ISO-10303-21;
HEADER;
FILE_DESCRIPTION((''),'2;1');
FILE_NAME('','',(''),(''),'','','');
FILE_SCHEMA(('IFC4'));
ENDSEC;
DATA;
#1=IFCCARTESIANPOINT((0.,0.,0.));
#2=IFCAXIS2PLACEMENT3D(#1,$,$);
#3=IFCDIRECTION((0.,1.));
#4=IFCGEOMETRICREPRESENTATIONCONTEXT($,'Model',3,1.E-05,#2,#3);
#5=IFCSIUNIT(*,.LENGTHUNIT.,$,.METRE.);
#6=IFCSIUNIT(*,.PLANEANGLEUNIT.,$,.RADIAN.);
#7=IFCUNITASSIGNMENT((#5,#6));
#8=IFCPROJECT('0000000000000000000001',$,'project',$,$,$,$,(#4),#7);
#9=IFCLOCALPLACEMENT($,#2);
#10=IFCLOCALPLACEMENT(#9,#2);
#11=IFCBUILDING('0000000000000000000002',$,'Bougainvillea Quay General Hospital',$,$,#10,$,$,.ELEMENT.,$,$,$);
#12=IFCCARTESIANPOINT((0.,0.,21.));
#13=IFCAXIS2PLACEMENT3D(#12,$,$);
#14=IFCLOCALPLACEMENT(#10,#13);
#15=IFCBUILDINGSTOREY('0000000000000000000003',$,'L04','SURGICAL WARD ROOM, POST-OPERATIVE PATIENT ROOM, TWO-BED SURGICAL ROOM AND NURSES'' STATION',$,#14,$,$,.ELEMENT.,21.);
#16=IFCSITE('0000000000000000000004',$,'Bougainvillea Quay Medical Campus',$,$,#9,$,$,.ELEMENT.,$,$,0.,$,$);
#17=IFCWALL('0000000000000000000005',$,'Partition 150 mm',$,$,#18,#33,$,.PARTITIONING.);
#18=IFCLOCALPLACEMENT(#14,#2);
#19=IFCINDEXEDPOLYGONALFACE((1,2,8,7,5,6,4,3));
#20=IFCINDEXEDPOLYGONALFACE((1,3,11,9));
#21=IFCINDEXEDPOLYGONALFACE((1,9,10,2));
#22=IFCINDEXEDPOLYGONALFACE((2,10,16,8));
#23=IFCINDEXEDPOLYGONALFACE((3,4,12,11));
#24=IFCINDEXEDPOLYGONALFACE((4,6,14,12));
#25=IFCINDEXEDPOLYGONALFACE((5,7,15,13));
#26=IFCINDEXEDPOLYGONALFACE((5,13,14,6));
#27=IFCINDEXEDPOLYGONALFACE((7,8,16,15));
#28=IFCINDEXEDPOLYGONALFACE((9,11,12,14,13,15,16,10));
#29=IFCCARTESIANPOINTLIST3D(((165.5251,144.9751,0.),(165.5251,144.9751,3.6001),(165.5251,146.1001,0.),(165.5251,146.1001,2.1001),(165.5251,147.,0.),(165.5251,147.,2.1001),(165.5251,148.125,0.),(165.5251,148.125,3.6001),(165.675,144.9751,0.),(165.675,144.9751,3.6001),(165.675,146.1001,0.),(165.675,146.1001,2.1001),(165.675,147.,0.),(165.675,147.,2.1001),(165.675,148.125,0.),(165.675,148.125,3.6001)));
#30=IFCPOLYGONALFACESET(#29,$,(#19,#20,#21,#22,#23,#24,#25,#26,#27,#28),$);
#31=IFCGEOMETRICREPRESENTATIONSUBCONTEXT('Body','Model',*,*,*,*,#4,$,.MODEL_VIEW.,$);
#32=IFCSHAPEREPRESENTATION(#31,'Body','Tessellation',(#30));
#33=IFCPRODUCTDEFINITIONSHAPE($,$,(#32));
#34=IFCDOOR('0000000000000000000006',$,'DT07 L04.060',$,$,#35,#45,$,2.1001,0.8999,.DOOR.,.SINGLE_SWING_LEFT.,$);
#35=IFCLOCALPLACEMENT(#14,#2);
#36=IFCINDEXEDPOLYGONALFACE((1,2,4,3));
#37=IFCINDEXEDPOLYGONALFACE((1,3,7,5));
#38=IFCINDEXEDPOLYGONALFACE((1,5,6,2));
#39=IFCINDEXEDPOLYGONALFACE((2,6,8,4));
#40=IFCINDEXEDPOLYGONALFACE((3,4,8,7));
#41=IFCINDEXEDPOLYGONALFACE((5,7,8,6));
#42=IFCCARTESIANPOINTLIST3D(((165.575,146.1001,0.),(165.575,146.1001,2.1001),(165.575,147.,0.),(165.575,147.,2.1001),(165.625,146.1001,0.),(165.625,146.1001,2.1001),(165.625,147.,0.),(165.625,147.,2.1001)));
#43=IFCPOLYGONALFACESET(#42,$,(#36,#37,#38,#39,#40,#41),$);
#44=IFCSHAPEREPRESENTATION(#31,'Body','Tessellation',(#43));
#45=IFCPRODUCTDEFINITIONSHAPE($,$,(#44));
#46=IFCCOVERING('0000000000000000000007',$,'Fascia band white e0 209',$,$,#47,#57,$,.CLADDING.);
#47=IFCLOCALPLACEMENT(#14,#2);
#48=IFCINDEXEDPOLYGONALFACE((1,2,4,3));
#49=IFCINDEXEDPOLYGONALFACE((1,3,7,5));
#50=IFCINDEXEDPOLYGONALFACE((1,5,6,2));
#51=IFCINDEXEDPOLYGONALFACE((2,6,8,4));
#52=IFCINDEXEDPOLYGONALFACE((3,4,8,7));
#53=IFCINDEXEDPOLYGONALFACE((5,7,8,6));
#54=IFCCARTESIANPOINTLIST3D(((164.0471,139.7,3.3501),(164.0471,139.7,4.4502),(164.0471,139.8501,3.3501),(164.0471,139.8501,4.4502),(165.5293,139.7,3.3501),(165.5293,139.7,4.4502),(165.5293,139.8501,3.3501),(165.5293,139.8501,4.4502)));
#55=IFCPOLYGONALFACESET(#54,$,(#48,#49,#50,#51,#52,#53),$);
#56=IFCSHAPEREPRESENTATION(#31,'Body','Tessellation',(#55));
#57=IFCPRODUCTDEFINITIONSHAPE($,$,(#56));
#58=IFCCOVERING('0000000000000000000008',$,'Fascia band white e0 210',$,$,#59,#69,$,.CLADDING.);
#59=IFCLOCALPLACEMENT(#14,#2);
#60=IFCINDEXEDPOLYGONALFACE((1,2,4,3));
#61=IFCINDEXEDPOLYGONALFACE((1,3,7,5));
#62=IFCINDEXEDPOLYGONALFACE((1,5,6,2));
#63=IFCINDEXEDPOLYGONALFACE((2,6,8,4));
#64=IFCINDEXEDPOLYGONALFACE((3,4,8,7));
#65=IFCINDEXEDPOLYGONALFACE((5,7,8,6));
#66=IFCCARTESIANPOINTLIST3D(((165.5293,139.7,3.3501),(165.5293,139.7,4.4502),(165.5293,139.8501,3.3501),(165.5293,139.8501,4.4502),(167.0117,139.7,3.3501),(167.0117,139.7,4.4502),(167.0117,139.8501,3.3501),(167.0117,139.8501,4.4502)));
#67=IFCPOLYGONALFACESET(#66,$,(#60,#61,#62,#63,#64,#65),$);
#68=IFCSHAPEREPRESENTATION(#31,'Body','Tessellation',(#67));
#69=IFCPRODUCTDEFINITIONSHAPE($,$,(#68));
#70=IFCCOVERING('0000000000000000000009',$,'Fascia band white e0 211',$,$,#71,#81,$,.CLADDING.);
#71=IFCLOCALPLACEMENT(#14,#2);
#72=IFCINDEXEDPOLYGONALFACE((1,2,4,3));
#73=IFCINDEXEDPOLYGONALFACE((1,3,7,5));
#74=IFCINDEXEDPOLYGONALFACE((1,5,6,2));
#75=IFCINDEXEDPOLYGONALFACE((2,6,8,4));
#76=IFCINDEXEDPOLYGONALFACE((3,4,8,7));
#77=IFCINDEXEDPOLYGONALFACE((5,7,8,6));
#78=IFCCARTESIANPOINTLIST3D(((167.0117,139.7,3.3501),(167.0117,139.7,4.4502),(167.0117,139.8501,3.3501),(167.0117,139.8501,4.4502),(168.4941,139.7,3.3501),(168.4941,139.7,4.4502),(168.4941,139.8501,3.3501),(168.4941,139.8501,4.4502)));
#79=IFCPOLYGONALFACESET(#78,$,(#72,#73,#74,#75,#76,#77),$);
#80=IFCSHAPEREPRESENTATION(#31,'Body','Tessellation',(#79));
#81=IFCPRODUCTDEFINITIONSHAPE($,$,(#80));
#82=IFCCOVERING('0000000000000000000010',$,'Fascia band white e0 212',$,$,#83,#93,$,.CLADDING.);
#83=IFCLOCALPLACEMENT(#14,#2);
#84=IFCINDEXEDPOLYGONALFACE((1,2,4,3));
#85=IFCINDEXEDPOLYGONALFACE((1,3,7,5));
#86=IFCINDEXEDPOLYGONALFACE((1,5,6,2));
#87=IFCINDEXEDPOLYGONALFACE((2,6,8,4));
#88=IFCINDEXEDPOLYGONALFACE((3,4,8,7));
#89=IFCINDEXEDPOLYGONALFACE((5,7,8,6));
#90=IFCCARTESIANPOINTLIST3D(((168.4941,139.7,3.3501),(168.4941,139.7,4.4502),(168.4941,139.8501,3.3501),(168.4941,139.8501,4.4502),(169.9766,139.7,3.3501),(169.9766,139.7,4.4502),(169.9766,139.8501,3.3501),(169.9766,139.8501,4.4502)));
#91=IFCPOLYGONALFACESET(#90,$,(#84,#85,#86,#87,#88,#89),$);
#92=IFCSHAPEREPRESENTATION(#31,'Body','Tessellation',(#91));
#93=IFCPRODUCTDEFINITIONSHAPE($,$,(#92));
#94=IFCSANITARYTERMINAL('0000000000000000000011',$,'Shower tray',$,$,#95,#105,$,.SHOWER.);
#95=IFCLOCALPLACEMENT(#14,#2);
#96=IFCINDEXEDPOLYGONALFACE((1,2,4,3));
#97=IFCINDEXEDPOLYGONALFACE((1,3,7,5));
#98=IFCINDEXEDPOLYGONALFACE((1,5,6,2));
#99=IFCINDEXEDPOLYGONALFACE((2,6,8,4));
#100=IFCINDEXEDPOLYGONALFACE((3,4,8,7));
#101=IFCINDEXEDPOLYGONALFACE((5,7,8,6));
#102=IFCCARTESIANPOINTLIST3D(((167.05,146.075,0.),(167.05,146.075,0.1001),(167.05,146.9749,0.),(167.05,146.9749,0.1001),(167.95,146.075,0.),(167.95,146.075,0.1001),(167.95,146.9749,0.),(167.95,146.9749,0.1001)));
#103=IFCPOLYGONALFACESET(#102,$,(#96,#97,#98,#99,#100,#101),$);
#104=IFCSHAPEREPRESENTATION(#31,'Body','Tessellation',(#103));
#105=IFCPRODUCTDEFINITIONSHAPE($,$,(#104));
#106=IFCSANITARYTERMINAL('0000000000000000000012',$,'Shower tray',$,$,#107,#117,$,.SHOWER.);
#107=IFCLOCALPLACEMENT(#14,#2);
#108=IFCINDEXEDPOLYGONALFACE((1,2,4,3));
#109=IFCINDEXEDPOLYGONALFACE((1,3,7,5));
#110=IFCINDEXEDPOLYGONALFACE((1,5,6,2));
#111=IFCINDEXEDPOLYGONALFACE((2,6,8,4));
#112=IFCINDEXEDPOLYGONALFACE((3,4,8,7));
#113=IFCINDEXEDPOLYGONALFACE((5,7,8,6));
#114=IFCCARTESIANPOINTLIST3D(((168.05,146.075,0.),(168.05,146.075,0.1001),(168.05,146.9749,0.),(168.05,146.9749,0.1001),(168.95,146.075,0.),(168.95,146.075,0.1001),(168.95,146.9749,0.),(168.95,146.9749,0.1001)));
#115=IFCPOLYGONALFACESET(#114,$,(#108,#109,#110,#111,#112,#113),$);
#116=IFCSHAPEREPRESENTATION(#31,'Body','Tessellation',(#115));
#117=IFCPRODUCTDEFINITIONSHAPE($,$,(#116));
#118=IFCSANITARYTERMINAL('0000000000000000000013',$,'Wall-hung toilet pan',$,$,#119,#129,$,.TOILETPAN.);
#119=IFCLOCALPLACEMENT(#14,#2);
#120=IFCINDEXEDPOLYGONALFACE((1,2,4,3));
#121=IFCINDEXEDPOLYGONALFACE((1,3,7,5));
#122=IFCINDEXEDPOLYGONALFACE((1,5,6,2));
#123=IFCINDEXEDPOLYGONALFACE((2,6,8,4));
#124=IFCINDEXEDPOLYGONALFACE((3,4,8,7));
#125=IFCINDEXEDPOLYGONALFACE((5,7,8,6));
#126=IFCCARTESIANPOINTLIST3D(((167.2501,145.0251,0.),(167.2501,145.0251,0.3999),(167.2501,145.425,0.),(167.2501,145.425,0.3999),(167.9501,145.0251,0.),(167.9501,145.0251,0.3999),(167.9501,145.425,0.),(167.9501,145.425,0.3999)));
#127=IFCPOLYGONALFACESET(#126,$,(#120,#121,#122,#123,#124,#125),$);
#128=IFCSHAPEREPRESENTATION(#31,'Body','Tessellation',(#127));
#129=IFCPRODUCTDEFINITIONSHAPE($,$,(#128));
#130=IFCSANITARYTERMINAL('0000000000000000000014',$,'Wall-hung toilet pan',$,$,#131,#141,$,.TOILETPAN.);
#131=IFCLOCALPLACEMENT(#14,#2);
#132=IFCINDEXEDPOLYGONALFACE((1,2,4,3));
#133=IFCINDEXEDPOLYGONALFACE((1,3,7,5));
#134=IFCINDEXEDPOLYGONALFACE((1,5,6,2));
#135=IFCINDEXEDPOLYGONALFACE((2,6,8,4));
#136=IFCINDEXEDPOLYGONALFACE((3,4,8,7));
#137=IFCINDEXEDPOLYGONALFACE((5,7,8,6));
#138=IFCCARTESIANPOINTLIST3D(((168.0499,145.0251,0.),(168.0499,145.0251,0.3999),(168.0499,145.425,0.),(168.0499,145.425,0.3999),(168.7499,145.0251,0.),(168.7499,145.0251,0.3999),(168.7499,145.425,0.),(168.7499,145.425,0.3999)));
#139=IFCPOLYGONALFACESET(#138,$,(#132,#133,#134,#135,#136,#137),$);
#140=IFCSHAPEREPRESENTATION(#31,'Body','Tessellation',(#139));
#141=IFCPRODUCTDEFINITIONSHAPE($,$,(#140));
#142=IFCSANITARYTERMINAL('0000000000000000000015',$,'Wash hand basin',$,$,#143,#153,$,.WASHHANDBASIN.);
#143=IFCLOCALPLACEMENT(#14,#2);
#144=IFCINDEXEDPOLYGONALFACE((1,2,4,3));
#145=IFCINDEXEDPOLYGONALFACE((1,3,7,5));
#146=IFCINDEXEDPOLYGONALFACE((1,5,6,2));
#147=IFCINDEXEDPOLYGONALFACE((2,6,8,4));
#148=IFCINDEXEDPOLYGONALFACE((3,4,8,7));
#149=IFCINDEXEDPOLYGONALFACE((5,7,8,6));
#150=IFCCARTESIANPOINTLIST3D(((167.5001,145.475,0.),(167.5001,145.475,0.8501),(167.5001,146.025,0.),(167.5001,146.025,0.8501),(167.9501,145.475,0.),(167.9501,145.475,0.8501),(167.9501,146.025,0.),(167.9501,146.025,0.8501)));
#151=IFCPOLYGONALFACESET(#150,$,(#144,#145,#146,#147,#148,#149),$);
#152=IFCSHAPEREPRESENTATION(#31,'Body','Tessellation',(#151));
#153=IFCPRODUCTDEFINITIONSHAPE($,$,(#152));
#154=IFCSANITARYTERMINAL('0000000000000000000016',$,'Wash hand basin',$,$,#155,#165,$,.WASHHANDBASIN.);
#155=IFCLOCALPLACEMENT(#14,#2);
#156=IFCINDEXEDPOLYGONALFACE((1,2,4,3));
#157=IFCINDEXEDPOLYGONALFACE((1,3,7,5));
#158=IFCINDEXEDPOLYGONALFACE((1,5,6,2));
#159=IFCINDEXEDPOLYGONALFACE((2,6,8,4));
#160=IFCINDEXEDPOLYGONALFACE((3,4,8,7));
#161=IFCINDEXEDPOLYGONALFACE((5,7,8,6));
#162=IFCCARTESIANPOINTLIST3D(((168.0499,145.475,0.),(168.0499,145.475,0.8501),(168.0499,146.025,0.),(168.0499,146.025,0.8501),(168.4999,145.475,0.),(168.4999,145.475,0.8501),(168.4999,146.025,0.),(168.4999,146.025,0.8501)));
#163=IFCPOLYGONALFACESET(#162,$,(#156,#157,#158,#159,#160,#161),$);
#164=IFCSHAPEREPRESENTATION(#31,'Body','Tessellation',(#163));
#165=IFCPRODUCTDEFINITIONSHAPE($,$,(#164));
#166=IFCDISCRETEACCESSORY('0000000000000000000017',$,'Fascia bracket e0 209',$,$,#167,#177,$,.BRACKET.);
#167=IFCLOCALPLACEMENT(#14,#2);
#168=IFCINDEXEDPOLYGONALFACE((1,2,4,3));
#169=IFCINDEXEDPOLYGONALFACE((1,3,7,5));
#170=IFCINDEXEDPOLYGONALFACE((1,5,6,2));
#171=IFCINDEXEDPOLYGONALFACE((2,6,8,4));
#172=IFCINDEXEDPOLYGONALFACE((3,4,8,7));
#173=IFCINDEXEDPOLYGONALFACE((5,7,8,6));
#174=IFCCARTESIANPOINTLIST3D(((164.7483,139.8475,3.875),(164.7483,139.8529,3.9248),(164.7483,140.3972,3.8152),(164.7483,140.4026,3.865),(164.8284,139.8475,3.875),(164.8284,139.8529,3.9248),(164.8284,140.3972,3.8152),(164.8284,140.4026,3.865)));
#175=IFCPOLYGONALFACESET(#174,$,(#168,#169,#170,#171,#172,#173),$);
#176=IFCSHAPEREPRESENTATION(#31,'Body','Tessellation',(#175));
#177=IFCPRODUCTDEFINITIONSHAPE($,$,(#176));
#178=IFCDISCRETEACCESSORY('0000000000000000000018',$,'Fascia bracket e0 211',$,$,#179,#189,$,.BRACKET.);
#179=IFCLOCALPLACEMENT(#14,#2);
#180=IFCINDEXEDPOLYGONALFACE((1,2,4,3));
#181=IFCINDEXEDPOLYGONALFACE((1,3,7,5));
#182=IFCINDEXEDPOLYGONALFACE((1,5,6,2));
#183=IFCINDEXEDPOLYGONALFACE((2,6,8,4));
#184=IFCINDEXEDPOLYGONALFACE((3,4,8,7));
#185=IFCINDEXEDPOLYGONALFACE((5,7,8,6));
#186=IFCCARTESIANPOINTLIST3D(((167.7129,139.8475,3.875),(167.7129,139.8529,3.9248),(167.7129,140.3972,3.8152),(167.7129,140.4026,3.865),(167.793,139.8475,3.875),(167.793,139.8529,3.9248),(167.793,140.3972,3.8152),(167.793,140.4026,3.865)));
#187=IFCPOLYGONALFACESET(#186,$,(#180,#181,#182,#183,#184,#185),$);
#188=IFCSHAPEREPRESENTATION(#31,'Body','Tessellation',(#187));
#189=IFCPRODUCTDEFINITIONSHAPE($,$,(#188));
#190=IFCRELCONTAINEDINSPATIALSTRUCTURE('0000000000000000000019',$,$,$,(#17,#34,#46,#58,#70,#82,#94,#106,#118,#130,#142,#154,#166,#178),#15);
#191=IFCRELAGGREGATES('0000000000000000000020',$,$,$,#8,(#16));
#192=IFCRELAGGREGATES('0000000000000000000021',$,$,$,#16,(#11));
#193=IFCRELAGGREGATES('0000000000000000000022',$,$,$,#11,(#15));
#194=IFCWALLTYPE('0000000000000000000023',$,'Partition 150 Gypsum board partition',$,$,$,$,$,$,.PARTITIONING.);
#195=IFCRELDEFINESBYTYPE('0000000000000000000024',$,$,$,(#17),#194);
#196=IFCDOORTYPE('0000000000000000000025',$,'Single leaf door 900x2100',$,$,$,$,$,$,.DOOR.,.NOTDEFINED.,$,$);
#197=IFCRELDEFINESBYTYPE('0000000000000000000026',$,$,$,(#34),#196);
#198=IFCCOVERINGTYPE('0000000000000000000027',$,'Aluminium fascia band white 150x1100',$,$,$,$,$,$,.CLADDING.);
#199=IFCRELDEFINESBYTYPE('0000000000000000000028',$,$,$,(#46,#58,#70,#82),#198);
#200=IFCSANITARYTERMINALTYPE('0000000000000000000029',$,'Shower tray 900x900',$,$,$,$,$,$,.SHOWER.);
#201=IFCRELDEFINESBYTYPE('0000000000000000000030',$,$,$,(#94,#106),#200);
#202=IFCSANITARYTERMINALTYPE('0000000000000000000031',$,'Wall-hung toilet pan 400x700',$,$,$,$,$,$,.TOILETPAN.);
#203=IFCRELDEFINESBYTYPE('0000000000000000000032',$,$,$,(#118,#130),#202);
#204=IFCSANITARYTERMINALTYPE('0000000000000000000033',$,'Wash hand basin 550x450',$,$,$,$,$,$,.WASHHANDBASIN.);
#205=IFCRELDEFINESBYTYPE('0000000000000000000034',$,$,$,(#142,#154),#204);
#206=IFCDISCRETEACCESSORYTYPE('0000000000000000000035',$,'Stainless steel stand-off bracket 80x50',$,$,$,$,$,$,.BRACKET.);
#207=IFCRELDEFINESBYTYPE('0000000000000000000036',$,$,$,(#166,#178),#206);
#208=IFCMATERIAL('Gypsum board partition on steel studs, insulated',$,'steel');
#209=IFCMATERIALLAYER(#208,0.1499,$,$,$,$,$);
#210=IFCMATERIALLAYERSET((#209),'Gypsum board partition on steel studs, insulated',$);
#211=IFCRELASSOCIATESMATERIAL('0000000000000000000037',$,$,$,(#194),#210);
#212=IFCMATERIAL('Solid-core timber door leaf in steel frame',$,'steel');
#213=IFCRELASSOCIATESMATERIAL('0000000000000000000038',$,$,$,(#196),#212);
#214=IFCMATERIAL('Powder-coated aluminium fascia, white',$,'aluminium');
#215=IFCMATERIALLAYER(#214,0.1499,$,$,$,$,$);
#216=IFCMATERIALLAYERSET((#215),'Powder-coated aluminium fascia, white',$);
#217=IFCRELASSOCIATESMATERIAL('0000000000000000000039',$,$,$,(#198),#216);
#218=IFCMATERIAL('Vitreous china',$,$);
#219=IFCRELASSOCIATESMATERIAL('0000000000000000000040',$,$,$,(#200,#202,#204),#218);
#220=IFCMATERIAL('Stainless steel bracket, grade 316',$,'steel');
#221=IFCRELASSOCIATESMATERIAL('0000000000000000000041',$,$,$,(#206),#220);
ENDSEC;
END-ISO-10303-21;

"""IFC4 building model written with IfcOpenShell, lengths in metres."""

from ifc_helpers import new_model, si_unit, direction, frame, frame_2d, origin, origin_2d, place, context, subcontext, project, spatial, polyline, rectangle, outline, extrude, material, layer, layer_set, material_profile, profile_set, type_object, element, fill, save


model = new_model("IFC4")

# Units and contexts
model_context = context("Model", 3, precision=1e-05, world=origin(), true_north=direction((0.0, 1.0)))
body_context = subcontext(model_context, "Body", "Model", "MODEL_VIEW")
ifc_project = project(units=[si_unit("LENGTHUNIT", "METRE"), si_unit("PLANEANGLEUNIT", "RADIAN")], contexts=[model_context])

# Site, building, storey
site_placement = place(None, origin())
site = spatial("IfcSite", under=ifc_project, at=site_placement, Name="Bougainvillea Quay Medical Campus", CompositionType="ELEMENT", RefElevation=0.0)
building_placement = place(site_placement, origin())
building = spatial("IfcBuilding", under=site, at=building_placement, Name="Bougainvillea Quay General Hospital", CompositionType="ELEMENT")
storey_placement = place(building_placement, frame((0.0, 0.0, 21.0)))
storey = spatial("IfcBuildingStorey", under=building, at=storey_placement, Name="L04", Description="SURGICAL WARD ROOM, POST-OPERATIVE PATIENT ROOM, TWO-BED SURGICAL ROOM AND NURSES' STATION", CompositionType="ELEMENT", Elevation=21.0)

# Shared definitions
ifc_material_1 = material(Name="Gypsum board partition on steel studs, insulated", Category="steel")
ifc_layer_1 = layer(ifc_material_1, 0.1499)
ifc_layer_set_1 = layer_set([ifc_layer_1], Name="Gypsum board partition on steel studs, insulated")
wall_type_1 = type_object("IfcWallType", Name="Partition 150 Gypsum board partition", PredefinedType="PARTITIONING", material=ifc_layer_set_1)

# Wall, opening, door
wall_1_placement = place(storey_placement, frame((165.6001, 144.9751, 0.0), z_axis=(0.0, 0.0, 1.0), x_axis=(0.0, 1.0, 0.0)))
wall_1 = element("IfcWall", 1, at=wall_1_placement, inside=storey, type_object=wall_type_1, Name="Partition 150 mm", PredefinedType="PARTITIONING", context=body_context, shape_type="SweptSolid", body=[
    extrude(rectangle(XDim=3.1499, YDim=0.1499, at=frame_2d((1.575, 0.0))), origin(), (0.0, 0.0, 1.0), 3.6001),
])
opening_placement = place(wall_1_placement, frame((1.125, 0.0, 0.0)))
opening = element("IfcOpeningElement", 2, at=opening_placement, cuts=wall_1, PredefinedType="OPENING", context=body_context, shape_type="SweptSolid", body=[
    extrude(rectangle(XDim=0.8999, YDim=2.1001, at=frame_2d((0.45, 1.05))), frame((0.0, 0.085, 0.0), z_axis=(0.0, -1.0, 0.0), x_axis=(1.0, 0.0, 0.0)), (0.0, 0.0, 1.0), 0.1699),
])
ifc_material_2 = material(Name="Solid-core timber door leaf in steel frame", Category="steel")
door_type = type_object("IfcDoorType", Name="Single leaf door 900x2100", OperationType="NOTDEFINED", PredefinedType="DOOR", material=ifc_material_2)
door_placement = place(opening_placement, frame((0.8999, 0.0, 0.0), z_axis=(0.0, 0.0, 1.0), x_axis=(-1.0, 0.0, 0.0)))
door = element("IfcDoor", 3, at=door_placement, inside=storey, type_object=door_type, Name="DT07 L04.060", OperationType="SINGLE_SWING_LEFT", OverallHeight=2.1001, OverallWidth=0.8999, PredefinedType="DOOR", context=body_context, shape_type="SweptSolid", body=[
    extrude(rectangle(XDim=0.8999, YDim=2.1001, at=frame_2d((0.45, 1.05))), frame((0.0, 0.0249, 0.0), z_axis=(0.0, -1.0, 0.0), x_axis=(1.0, 0.0, 0.0)), (0.0, 0.0, 1.0), 0.05),
])
fill(opening, door)

# Coverings
ifc_material_3 = material(Name="Powder-coated aluminium fascia, white", Category="aluminium")
ifc_layer_2 = layer(ifc_material_3, 0.1499)
ifc_layer_set_2 = layer_set([ifc_layer_2], Name="Powder-coated aluminium fascia, white")
covering_type = type_object("IfcCoveringType", Name="Aluminium fascia band white 150x1100", PredefinedType="CLADDING", material=ifc_layer_set_2)
covering_placement = place(storey_placement, frame((164.0471, 139.8501, 3.3501), z_axis=(0.0, 0.0, 1.0), x_axis=(1.0, 0.0, 0.0)))
element("IfcCovering", 4, at=covering_placement, inside=storey, type_object=covering_type, Name="Fascia band white e0 209", PredefinedType="CLADDING", context=body_context, shape_type="SweptSolid", body=[
    extrude(outline(polyline([(0.0, 0.0), (1.4822, 0.0), (1.4822, -0.1501), (0.0, -0.1501), (0.0, 0.0)])), origin(), (0.0, 0.0, 1.0), 1.1001),
])
for number, where, z_axis, x_axis, name in (
    (5, (165.5293, 139.8501, 3.3501), (0.0, 0.0, 1.0), (1.0, 0.0, 0.0), "Fascia band white e0 210"),
    (6, (167.0117, 139.8501, 3.3501), (0.0, 0.0, 1.0), (1.0, 0.0, 0.0), "Fascia band white e0 211"),
    (7, (168.4941, 139.8501, 3.3501), (0.0, 0.0, 1.0), (1.0, 0.0, 0.0), "Fascia band white e0 212"),
):
    element("IfcCovering", number, at=place(storey_placement, frame(where, z_axis=z_axis, x_axis=x_axis)), inside=storey, type_object=covering_type, Name=name, PredefinedType="CLADDING", context=body_context, shape_type="SweptSolid", body=[
        extrude(outline(polyline([(0.0, 0.0), (1.4824, 0.0), (1.4824, -0.1501), (0.0, -0.1501), (0.0, 0.0)])), origin(), (0.0, 0.0, 1.0), 1.1001),
    ])

# Sanitary terminals
ifc_material_4 = material(Name="Vitreous china")
sanitary_terminal_type_1 = type_object("IfcSanitaryTerminalType", Name="Shower tray 900x900", PredefinedType="SHOWER", material=ifc_material_4)
for number, where, z_axis, x_axis, name in (
    (8, (167.5, 146.5249, 0.0), (0.0, 0.0, 1.0), (0.0, -1.0, 0.0), "Shower tray"),
    (9, (168.5, 146.5249, 0.0), (0.0, 0.0, 1.0), (0.0, 1.0, 0.0), "Shower tray"),
):
    element("IfcSanitaryTerminal", number, at=place(storey_placement, frame(where, z_axis=z_axis, x_axis=x_axis)), inside=storey, type_object=sanitary_terminal_type_1, Name=name, PredefinedType="SHOWER", context=body_context, shape_type="SweptSolid", body=[
        extrude(rectangle(XDim=0.8999, YDim=0.8999, at=origin_2d()), origin(), (0.0, 0.0, 1.0), 0.1001),
    ])
sanitary_terminal_type_2 = type_object("IfcSanitaryTerminalType", Name="Wall-hung toilet pan 400x700", PredefinedType="TOILETPAN", material=ifc_material_4)
for number, where, z_axis, x_axis, name in (
    (10, (167.6001, 145.2251, 0.0), (0.0, 0.0, 1.0), (0.0, -1.0, 0.0), "Wall-hung toilet pan"),
    (11, (168.3999, 145.2251, 0.0), (0.0, 0.0, 1.0), (0.0, 1.0, 0.0), "Wall-hung toilet pan"),
):
    element("IfcSanitaryTerminal", number, at=place(storey_placement, frame(where, z_axis=z_axis, x_axis=x_axis)), inside=storey, type_object=sanitary_terminal_type_2, Name=name, PredefinedType="TOILETPAN", context=body_context, shape_type="SweptSolid", body=[
        extrude(rectangle(XDim=0.3999, YDim=0.7, at=origin_2d()), origin(), (0.0, 0.0, 1.0), 0.3999),
    ])
sanitary_terminal_type_3 = type_object("IfcSanitaryTerminalType", Name="Wash hand basin 550x450", PredefinedType="WASHHANDBASIN", material=ifc_material_4)
for number, where, z_axis, x_axis, name in (
    (12, (167.7251, 145.75, 0.0), (0.0, 0.0, 1.0), (0.0, -1.0, 0.0), "Wash hand basin"),
    (13, (168.2749, 145.75, 0.0), (0.0, 0.0, 1.0), (0.0, 1.0, 0.0), "Wash hand basin"),
):
    element("IfcSanitaryTerminal", number, at=place(storey_placement, frame(where, z_axis=z_axis, x_axis=x_axis)), inside=storey, type_object=sanitary_terminal_type_3, Name=name, PredefinedType="WASHHANDBASIN", context=body_context, shape_type="SweptSolid", body=[
        extrude(rectangle(XDim=0.55, YDim=0.45, at=origin_2d()), origin(), (0.0, 0.0, 1.0), 0.8501),
    ])

# Discrete accessories
ifc_material_5 = material(Name="Stainless steel bracket, grade 316", Category="steel")
ifc_material_profile_1 = material_profile(ifc_material_5, rectangle(XDim=0.0801, YDim=0.05, at=origin_2d()))
ifc_profile_set_1 = profile_set([ifc_material_profile_1], Name="Stainless steel bracket, grade 316")
discrete_accessory_type = type_object("IfcDiscreteAccessoryType", Name="Stainless steel stand-off bracket 80x50", PredefinedType="BRACKET", material=ifc_profile_set_1)
for number, where, z_axis, x_axis, name in (
    (14, (164.7883, 140.3999, 3.8401), (0.0, -0.994134, 0.108154), (1.0, 0.0, 0.0), "Fascia bracket e0 209"),
    (15, (167.7529, 140.3999, 3.8401), (0.0, -0.994134, 0.108154), (1.0, 0.0, 0.0), "Fascia bracket e0 211"),
):
    element("IfcDiscreteAccessory", number, at=place(storey_placement, frame(where, z_axis=z_axis, x_axis=x_axis)), inside=storey, type_object=discrete_accessory_type, Name=name, PredefinedType="BRACKET", context=body_context, shape_type="SweptSolid", body=[
        extrude(rectangle(XDim=0.0801, YDim=0.05, at=origin_2d()), origin(), (0.0, 0.0, 1.0), 0.553),
    ])

save(model, "model.ifc")
